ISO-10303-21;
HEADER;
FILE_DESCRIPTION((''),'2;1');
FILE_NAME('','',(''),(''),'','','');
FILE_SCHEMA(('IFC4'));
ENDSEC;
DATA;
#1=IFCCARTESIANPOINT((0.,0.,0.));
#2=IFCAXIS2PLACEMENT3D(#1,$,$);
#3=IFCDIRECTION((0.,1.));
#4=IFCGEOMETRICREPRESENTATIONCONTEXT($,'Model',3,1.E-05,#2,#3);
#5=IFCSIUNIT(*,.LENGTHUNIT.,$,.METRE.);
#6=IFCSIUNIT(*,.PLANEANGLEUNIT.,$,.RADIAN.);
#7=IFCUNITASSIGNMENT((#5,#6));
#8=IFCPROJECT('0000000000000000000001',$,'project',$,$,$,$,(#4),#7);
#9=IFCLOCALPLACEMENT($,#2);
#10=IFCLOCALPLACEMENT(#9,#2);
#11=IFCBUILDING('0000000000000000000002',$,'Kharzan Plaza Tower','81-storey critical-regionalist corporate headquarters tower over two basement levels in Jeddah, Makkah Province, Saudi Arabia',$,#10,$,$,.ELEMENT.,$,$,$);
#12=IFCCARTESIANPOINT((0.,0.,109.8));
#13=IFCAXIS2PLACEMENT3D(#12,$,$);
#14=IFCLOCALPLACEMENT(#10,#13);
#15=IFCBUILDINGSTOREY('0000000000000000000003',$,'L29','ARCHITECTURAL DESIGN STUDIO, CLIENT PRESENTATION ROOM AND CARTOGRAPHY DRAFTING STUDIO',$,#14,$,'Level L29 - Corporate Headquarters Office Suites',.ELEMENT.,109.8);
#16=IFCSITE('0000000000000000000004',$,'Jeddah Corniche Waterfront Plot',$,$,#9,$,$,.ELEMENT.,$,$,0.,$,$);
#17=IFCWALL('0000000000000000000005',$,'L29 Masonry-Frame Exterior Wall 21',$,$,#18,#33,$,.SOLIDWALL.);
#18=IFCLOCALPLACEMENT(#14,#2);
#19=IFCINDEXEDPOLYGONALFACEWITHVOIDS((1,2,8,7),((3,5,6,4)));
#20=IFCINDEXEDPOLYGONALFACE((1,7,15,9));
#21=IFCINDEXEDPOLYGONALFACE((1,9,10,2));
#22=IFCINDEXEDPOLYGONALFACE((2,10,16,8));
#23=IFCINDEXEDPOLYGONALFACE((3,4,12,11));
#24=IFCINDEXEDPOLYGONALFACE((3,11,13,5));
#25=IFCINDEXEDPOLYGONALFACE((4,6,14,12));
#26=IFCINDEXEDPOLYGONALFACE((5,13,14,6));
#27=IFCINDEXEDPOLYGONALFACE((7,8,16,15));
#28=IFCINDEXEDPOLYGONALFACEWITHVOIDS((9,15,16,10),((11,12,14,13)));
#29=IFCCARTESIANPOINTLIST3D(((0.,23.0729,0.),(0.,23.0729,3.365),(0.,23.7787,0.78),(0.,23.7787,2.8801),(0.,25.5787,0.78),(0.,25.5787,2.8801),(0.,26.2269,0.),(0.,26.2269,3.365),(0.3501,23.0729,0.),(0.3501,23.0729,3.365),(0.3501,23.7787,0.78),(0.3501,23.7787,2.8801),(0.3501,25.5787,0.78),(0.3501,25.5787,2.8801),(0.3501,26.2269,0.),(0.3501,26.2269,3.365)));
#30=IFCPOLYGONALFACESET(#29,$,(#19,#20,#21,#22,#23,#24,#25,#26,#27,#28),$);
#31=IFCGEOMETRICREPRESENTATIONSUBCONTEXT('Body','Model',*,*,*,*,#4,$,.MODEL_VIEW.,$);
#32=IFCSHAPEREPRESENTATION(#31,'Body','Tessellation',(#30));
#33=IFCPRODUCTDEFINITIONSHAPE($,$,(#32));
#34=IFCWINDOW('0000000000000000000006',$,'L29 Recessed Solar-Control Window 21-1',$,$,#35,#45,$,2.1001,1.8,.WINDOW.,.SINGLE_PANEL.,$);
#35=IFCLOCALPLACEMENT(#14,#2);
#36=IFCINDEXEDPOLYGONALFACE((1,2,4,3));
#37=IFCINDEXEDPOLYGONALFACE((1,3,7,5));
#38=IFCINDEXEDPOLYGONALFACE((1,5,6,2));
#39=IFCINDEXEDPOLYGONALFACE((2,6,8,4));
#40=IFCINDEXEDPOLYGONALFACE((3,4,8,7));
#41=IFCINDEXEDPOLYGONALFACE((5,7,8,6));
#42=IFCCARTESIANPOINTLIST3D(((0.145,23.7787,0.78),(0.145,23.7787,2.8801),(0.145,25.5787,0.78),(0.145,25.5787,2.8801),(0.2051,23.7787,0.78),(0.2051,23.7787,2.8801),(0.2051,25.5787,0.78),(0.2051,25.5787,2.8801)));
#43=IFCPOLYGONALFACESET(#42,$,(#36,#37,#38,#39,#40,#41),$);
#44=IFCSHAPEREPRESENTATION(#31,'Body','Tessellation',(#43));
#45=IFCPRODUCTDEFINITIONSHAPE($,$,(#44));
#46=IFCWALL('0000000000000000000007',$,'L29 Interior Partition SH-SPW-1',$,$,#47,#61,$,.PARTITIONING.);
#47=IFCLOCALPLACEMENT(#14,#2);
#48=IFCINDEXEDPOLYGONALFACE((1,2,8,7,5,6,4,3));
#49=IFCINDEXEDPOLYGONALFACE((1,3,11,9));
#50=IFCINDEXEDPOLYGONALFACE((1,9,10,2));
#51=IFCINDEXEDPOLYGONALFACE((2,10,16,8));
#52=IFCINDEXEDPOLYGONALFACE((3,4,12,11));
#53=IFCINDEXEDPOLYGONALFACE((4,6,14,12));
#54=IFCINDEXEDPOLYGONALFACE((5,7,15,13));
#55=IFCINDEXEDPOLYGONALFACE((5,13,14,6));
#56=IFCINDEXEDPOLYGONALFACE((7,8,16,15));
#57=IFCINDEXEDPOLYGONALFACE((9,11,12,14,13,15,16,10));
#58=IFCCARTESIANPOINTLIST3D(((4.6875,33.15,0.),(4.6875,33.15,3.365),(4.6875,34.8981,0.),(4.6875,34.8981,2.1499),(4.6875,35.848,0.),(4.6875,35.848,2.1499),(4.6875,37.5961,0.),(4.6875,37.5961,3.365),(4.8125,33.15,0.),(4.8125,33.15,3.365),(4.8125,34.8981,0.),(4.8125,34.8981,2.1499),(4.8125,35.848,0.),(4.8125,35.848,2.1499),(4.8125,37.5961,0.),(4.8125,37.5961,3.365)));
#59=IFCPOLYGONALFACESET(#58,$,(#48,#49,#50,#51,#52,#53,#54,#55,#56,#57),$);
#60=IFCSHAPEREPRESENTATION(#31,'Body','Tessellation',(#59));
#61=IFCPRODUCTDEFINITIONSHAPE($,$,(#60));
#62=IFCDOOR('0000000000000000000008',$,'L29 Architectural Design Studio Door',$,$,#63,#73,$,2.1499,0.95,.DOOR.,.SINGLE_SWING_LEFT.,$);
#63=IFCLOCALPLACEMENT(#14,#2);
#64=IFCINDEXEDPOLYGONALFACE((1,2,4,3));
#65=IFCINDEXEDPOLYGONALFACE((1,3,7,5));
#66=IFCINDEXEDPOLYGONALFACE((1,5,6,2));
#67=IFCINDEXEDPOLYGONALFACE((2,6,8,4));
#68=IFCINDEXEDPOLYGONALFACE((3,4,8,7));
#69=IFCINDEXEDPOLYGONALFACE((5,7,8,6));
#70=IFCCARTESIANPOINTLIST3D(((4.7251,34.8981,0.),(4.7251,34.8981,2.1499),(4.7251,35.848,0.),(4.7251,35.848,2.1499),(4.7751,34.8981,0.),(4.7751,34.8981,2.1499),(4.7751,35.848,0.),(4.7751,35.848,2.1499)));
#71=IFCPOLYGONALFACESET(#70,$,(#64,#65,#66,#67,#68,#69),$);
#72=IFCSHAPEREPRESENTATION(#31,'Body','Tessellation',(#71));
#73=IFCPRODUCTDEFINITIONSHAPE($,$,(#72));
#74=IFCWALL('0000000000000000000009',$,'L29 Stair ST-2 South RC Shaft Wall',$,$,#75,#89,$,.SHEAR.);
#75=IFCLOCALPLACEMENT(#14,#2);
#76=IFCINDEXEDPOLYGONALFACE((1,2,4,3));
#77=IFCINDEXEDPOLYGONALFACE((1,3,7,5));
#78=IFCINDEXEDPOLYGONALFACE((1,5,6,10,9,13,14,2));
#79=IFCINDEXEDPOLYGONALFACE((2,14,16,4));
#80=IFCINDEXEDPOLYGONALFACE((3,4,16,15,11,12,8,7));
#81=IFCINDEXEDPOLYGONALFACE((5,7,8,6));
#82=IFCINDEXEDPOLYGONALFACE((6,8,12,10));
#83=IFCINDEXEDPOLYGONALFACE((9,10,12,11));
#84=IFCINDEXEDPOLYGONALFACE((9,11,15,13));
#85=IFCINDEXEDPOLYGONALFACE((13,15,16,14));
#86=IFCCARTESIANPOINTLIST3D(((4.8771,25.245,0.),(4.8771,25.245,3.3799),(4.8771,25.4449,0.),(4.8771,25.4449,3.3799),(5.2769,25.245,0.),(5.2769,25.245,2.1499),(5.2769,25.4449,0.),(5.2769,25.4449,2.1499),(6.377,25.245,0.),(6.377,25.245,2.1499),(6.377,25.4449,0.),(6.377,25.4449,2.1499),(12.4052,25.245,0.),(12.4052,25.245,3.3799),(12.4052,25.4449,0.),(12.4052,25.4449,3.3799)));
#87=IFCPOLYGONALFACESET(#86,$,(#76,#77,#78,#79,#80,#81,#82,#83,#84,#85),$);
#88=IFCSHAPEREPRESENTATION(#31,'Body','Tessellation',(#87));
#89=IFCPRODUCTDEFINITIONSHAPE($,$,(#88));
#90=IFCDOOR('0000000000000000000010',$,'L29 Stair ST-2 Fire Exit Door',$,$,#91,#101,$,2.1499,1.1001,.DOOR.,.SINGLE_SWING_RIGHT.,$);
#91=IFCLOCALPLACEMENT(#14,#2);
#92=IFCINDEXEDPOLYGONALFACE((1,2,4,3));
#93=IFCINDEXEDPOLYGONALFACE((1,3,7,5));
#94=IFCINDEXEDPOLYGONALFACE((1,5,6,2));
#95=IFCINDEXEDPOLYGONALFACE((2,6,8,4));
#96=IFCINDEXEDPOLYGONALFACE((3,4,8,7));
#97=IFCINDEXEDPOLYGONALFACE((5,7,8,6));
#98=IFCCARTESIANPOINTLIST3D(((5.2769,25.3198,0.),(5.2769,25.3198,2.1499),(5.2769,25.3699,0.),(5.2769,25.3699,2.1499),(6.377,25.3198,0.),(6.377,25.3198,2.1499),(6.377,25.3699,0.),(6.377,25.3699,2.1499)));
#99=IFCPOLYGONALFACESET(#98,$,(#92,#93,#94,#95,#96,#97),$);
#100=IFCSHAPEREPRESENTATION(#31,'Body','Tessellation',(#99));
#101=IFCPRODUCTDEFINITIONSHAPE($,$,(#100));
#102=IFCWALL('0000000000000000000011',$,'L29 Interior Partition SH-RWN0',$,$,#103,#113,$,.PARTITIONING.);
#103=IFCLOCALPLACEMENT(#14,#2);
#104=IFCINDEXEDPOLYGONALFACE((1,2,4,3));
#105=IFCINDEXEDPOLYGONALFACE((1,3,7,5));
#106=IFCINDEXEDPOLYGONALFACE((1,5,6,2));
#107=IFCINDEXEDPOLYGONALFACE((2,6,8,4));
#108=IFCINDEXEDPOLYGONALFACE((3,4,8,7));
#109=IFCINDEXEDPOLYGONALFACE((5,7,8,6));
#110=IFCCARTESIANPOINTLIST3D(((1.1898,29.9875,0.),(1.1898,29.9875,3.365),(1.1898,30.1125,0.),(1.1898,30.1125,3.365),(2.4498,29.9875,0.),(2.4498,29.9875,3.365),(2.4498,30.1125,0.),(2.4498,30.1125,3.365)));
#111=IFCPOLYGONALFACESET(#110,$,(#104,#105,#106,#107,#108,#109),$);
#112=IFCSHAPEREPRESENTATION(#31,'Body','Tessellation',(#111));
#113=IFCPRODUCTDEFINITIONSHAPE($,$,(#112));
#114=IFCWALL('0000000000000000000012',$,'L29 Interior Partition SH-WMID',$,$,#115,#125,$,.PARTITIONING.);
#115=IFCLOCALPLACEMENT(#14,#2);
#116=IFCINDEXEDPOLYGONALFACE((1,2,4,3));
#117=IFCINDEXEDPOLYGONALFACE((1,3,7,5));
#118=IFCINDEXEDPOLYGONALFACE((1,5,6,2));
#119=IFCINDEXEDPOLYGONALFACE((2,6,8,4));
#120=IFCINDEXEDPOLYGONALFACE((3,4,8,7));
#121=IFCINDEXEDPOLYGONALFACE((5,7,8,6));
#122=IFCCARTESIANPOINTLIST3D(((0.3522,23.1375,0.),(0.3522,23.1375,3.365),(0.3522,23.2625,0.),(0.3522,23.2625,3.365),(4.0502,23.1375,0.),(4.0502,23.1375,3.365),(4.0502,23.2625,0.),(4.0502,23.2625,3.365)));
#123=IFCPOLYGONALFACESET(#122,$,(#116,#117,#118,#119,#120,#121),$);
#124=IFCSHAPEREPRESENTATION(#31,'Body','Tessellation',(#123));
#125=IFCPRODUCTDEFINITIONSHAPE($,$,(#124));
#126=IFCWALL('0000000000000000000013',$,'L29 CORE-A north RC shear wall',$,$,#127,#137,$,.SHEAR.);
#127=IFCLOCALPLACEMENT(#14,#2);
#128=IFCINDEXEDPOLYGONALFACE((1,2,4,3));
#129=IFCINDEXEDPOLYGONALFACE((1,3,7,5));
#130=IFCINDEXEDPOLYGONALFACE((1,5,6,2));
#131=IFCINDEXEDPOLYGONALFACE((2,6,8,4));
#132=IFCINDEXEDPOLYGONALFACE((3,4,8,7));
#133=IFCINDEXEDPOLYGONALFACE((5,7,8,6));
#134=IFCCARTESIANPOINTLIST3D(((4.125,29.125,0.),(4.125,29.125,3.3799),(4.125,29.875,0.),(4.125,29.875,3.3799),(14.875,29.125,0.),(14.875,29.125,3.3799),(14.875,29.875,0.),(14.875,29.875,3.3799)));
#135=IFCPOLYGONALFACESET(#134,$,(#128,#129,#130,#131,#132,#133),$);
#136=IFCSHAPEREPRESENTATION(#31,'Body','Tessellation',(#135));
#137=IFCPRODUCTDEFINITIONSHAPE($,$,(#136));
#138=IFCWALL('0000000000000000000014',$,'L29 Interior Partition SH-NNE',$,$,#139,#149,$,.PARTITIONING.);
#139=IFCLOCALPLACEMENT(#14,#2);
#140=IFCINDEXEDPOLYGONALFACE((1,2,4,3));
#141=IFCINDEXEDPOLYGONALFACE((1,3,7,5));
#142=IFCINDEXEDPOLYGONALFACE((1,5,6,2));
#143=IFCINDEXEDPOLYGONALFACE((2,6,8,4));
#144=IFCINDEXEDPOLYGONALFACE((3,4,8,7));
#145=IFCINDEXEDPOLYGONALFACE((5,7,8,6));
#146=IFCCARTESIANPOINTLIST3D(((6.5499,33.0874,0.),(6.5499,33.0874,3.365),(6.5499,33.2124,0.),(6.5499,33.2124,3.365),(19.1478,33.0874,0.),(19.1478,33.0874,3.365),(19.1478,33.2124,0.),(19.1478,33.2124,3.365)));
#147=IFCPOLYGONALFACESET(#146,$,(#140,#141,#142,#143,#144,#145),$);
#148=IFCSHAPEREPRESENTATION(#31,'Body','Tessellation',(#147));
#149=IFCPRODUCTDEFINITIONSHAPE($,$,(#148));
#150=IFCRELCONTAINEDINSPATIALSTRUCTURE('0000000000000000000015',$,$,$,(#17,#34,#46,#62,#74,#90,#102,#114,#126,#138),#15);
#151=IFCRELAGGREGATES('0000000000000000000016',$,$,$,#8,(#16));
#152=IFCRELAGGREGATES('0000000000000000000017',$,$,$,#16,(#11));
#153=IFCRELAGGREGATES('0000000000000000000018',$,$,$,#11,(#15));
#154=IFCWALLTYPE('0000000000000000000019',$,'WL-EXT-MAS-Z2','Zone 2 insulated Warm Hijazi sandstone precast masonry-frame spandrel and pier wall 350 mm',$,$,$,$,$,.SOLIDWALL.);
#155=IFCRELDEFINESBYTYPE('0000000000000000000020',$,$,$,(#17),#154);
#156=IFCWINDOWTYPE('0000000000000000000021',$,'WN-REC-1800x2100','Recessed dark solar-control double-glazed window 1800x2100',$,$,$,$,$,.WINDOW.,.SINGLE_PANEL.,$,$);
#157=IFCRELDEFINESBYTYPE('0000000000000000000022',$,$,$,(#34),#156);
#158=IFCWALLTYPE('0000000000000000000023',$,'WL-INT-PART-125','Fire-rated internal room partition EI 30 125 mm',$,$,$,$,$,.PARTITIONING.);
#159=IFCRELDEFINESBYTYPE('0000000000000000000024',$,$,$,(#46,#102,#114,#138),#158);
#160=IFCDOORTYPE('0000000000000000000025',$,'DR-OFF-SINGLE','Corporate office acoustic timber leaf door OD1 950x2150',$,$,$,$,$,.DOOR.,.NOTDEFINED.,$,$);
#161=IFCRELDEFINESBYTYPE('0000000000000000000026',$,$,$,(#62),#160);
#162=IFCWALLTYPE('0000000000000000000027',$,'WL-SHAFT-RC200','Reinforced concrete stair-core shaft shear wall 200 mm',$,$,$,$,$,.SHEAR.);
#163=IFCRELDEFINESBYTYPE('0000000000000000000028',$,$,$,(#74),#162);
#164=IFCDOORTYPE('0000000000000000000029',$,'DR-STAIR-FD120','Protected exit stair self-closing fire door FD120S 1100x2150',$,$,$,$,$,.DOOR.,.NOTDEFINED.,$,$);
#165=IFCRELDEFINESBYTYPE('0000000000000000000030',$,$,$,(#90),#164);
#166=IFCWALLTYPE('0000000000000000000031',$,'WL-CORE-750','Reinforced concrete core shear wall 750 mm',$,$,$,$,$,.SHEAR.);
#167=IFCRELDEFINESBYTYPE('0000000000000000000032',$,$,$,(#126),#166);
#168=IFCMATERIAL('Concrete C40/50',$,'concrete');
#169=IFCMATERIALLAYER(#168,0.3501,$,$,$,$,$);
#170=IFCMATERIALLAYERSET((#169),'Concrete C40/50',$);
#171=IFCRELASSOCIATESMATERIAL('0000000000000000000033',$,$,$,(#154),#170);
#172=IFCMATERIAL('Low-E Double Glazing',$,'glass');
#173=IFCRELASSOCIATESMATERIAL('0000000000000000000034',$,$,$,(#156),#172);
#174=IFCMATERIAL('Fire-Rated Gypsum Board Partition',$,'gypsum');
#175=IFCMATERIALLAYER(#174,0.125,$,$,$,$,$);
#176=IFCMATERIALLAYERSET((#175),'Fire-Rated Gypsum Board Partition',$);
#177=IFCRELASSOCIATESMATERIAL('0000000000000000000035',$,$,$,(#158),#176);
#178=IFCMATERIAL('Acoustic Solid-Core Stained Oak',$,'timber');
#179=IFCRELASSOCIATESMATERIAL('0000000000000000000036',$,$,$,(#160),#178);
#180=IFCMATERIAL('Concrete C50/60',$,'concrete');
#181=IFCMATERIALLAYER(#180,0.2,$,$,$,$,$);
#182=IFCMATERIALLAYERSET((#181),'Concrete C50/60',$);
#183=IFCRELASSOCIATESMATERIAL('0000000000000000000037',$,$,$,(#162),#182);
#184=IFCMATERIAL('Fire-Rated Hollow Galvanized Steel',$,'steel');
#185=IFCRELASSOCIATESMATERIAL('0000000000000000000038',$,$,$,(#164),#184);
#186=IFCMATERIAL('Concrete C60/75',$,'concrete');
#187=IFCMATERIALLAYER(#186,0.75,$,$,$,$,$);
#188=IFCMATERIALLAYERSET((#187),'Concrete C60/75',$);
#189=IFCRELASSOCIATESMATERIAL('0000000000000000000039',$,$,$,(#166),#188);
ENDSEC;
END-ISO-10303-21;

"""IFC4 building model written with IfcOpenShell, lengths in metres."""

from ifc_helpers import new_model, si_unit, direction, frame, frame_2d, origin, place, context, subcontext, project, spatial, rectangle, extrude, source, transform, mapped, material, layer, layer_set, type_object, element, fill, save


model = new_model("IFC4")

# Units and contexts
model_context = context("Model", 3, precision=1e-05, world=origin(), true_north=direction((0.0, 1.0)))
body_context = subcontext(model_context, "Body", "Model", "MODEL_VIEW")
ifc_project = project(units=[si_unit("LENGTHUNIT", "METRE"), si_unit("PLANEANGLEUNIT", "RADIAN")], contexts=[model_context])

# Site, building, storey
site_placement = place(None, origin())
site = spatial("IfcSite", under=ifc_project, at=site_placement, Name="Jeddah Corniche Waterfront Plot", CompositionType="ELEMENT", RefElevation=0.0)
building_placement = place(site_placement, origin())
building = spatial("IfcBuilding", under=site, at=building_placement, Name="Kharzan Plaza Tower", Description="81-storey critical-regionalist corporate headquarters tower over two basement levels in Jeddah, Makkah Province, Saudi Arabia", CompositionType="ELEMENT")
storey_placement = place(building_placement, frame((0.0, 0.0, 109.8)))
storey = spatial("IfcBuildingStorey", under=building, at=storey_placement, Name="L29", Description="ARCHITECTURAL DESIGN STUDIO, CLIENT PRESENTATION ROOM AND CARTOGRAPHY DRAFTING STUDIO", LongName="Level L29 - Corporate Headquarters Office Suites", CompositionType="ELEMENT", Elevation=109.8)

# Shared definitions
ifc_material_1 = material(Name="Concrete C60/75", Category="concrete")

# Wall, opening, window
ifc_material_2 = material(Name="Concrete C40/50", Category="concrete")
ifc_layer_1 = layer(ifc_material_2, 0.3501)
ifc_layer_set_1 = layer_set([ifc_layer_1], Name="Concrete C40/50")
wall_type_1 = type_object("IfcWallType", Name="WL-EXT-MAS-Z2", Description="Zone 2 insulated Warm Hijazi sandstone precast masonry-frame spandrel and pier wall 350 mm", PredefinedType="SOLIDWALL", material=ifc_layer_set_1)
ifc_material_3 = material(Name="Low-E Double Glazing", Category="glass")
wall_1_placement = place(storey_placement, frame((0.175, 26.2271, 0.0), z_axis=(0.0, 0.0, 1.0), x_axis=(0.0, -1.0, 0.0)))
wall_1 = element("IfcWall", 1, at=wall_1_placement, inside=storey, type_object=wall_type_1, Name="L29 Masonry-Frame Exterior Wall 21", PredefinedType="SOLIDWALL", context=body_context, shape_type="SweptSolid", body=[
    extrude(rectangle(XDim=3.1541, YDim=0.3501, at=frame_2d((1.5771, 0.0))), origin(), (0.0, 0.0, 1.0), 3.365),
])
opening_1_placement = place(wall_1_placement, frame((0.6484, 0.0, 0.78)))
opening_1 = element("IfcOpeningElement", 2, at=opening_1_placement, cuts=wall_1, PredefinedType="OPENING", context=body_context, shape_type="SweptSolid", body=[
    extrude(rectangle(XDim=1.8, YDim=2.1001, at=frame_2d((0.8999, 1.05))), frame((0.0, 0.1851, 0.0), z_axis=(0.0, -1.0, 0.0), x_axis=(1.0, 0.0, 0.0)), (0.0, 0.0, 1.0), 0.3701),
])
window_type_1 = type_object("IfcWindowType", Name="WN-REC-1800x2100", Description="Recessed dark solar-control double-glazed window 1800x2100", PartitioningType="SINGLE_PANEL", PredefinedType="WINDOW", material=ifc_material_3)
shared_shape_1 = source(origin(), body_context, "Body", "SweptSolid", [
    extrude(rectangle(XDim=1.8, YDim=2.1001, at=frame_2d((0.8999, 1.05))), frame((0.0, 0.03, 0.0), z_axis=(0.0, -1.0, 0.0), x_axis=(1.0, 0.0, 0.0)), (0.0, 0.0, 1.0), 0.0601),
])
window_1_placement = place(opening_1_placement, origin())
window_1 = element("IfcWindow", 3, at=window_1_placement, inside=storey, type_object=window_type_1, Name="L29 Recessed Solar-Control Window 21-1", OverallHeight=2.1001, OverallWidth=1.8, PartitioningType="SINGLE_PANEL", PredefinedType="WINDOW", context=body_context, shape_type="MappedRepresentation", body=[
    mapped(shared_shape_1, transform((0.0, 0.0, 0.0), x_axis=(1.0, 0.0, 0.0), y_axis=(0.0, 1.0, 0.0), z_axis=(0.0, 0.0, 1.0))),
])
fill(opening_1, window_1)

# Walls, openings, doors
ifc_material_4 = material(Name="Fire-Rated Gypsum Board Partition", Category="gypsum")
ifc_layer_2 = layer(ifc_material_4, 0.125)
ifc_layer_set_2 = layer_set([ifc_layer_2], Name="Fire-Rated Gypsum Board Partition")
wall_type_2 = type_object("IfcWallType", Name="WL-INT-PART-125", Description="Fire-rated internal room partition EI 30 125 mm", PredefinedType="PARTITIONING", material=ifc_layer_set_2)
ifc_material_5 = material(Name="Acoustic Solid-Core Stained Oak", Category="timber")
door_type_1 = type_object("IfcDoorType", Name="DR-OFF-SINGLE", Description="Corporate office acoustic timber leaf door OD1 950x2150", OperationType="NOTDEFINED", PredefinedType="DOOR", material=ifc_material_5)
shared_shape_2 = source(origin(), body_context, "Body", "SweptSolid", [
    extrude(rectangle(XDim=0.95, YDim=2.1499, at=frame_2d((0.4751, 1.075))), frame((0.0, 0.0249, 0.0), z_axis=(0.0, -1.0, 0.0), x_axis=(1.0, 0.0, 0.0)), (0.0, 0.0, 1.0), 0.05),
])
wall_2_placement = place(storey_placement, frame((4.75, 33.1499, 0.0), z_axis=(0.0, 0.0, 1.0), x_axis=(0.0, 1.0, 0.0)))
wall_2 = element("IfcWall", 4, at=wall_2_placement, inside=storey, type_object=wall_type_2, Name="L29 Interior Partition SH-SPW-1", PredefinedType="PARTITIONING", context=body_context, shape_type="SweptSolid", body=[
    extrude(rectangle(XDim=4.446, YDim=0.125, at=frame_2d((2.2231, 0.0))), origin(), (0.0, 0.0, 1.0), 3.365),
])
opening_2_placement = place(wall_2_placement, frame((1.748, 0.0, 0.0)))
opening_2 = element("IfcOpeningElement", 5, at=opening_2_placement, cuts=wall_2, PredefinedType="OPENING", context=body_context, shape_type="SweptSolid", body=[
    extrude(rectangle(XDim=0.95, YDim=2.1499, at=frame_2d((0.4751, 1.075))), frame((0.0, 0.0725, 0.0), z_axis=(0.0, -1.0, 0.0), x_axis=(1.0, 0.0, 0.0)), (0.0, 0.0, 1.0), 0.145),
])
door_1_placement = place(opening_2_placement, origin())
door_1 = element("IfcDoor", 6, at=door_1_placement, inside=storey, type_object=door_type_1, Name="L29 Architectural Design Studio Door", OperationType="SINGLE_SWING_LEFT", OverallHeight=2.1499, OverallWidth=0.95, PredefinedType="DOOR", context=body_context, shape_type="MappedRepresentation", body=[
    mapped(shared_shape_2, transform((0.0, 0.0, 0.0), x_axis=(1.0, 0.0, 0.0), y_axis=(0.0, 1.0, 0.0), z_axis=(0.0, 0.0, 1.0))),
])
fill(opening_2, door_1)
ifc_material_6 = material(Name="Concrete C50/60", Category="concrete")
ifc_layer_3 = layer(ifc_material_6, 0.2)
ifc_layer_set_3 = layer_set([ifc_layer_3], Name="Concrete C50/60")
wall_type_3 = type_object("IfcWallType", Name="WL-SHAFT-RC200", Description="Reinforced concrete stair-core shaft shear wall 200 mm", PredefinedType="SHEAR", material=ifc_layer_set_3)
wall_3_placement = place(storey_placement, frame((4.877, 25.345, 0.0), z_axis=(0.0, 0.0, 1.0), x_axis=(1.0, 0.0, 0.0)))
wall_3 = element("IfcWall", 7, at=wall_3_placement, inside=storey, type_object=wall_type_3, Name="L29 Stair ST-2 South RC Shaft Wall", PredefinedType="SHEAR", context=body_context, shape_type="SweptSolid", body=[
    extrude(rectangle(XDim=7.5281, YDim=0.2, at=frame_2d((3.7642, 0.0))), origin(), (0.0, 0.0, 1.0), 3.3799),
])
opening_3_placement = place(wall_3_placement, frame((0.3999, 0.0, 0.0)))
opening_3 = element("IfcOpeningElement", 8, at=opening_3_placement, cuts=wall_3, PredefinedType="OPENING", context=body_context, shape_type="SweptSolid", body=[
    extrude(rectangle(XDim=1.1001, YDim=2.1499, at=frame_2d((0.55, 1.075))), frame((0.0, 0.1099, 0.0), z_axis=(0.0, -1.0, 0.0), x_axis=(1.0, 0.0, 0.0)), (0.0, 0.0, 1.0), 0.22),
])
ifc_material_7 = material(Name="Fire-Rated Hollow Galvanized Steel", Category="steel")
door_type_2 = type_object("IfcDoorType", Name="DR-STAIR-FD120", Description="Protected exit stair self-closing fire door FD120S 1100x2150", OperationType="NOTDEFINED", PredefinedType="DOOR", material=ifc_material_7)
shared_shape_3 = source(origin(), body_context, "Body", "SweptSolid", [
    extrude(rectangle(XDim=1.1001, YDim=2.1499, at=frame_2d((0.55, 1.075))), frame((0.0, 0.0249, 0.0), z_axis=(0.0, -1.0, 0.0), x_axis=(1.0, 0.0, 0.0)), (0.0, 0.0, 1.0), 0.05),
])
door_2_placement = place(opening_3_placement, origin())
door_2 = element("IfcDoor", 9, at=door_2_placement, inside=storey, type_object=door_type_2, Name="L29 Stair ST-2 Fire Exit Door", OperationType="SINGLE_SWING_RIGHT", OverallHeight=2.1499, OverallWidth=1.1001, PredefinedType="DOOR", context=body_context, shape_type="MappedRepresentation", body=[
    mapped(shared_shape_3, transform((0.0, 0.0, 0.0), x_axis=(1.0, 0.0, 0.0), y_axis=(0.0, 1.0, 0.0), z_axis=(0.0, 0.0, 1.0))),
])
fill(opening_3, door_2)

# Walls
shared_shape_4 = source(origin(), body_context, "Body", "SweptSolid", [
    extrude(rectangle(XDim=1.26, YDim=0.125, at=frame_2d((0.6299, 0.0))), origin(), (0.0, 0.0, 1.0), 3.365),
])
wall_4_placement = place(storey_placement, frame((1.1899, 30.05, 0.0), z_axis=(0.0, 0.0, 1.0), x_axis=(1.0, 0.0, 0.0)))
element("IfcWall", 10, at=wall_4_placement, inside=storey, type_object=wall_type_2, Name="L29 Interior Partition SH-RWN0", PredefinedType="PARTITIONING", context=body_context, shape_type="MappedRepresentation", body=[
    mapped(shared_shape_4, transform((0.0, 0.0, 0.0), x_axis=(1.0, 0.0, 0.0), y_axis=(0.0, 1.0, 0.0), z_axis=(0.0, 0.0, 1.0))),
])
shared_shape_5 = source(origin(), body_context, "Body", "SweptSolid", [
    extrude(rectangle(XDim=3.698, YDim=0.125, at=frame_2d((1.8491, 0.0))), origin(), (0.0, 0.0, 1.0), 3.365),
])
wall_5_placement = place(storey_placement, frame((0.3521, 23.2, 0.0), z_axis=(0.0, 0.0, 1.0), x_axis=(1.0, 0.0, 0.0)))
element("IfcWall", 11, at=wall_5_placement, inside=storey, type_object=wall_type_2, Name="L29 Interior Partition SH-WMID", PredefinedType="PARTITIONING", context=body_context, shape_type="MappedRepresentation", body=[
    mapped(shared_shape_5, transform((0.0, 0.0, 0.0), x_axis=(1.0, 0.0, 0.0), y_axis=(0.0, 1.0, 0.0), z_axis=(0.0, 0.0, 1.0))),
])
ifc_layer_4 = layer(ifc_material_1, 0.75)
ifc_layer_set_4 = layer_set([ifc_layer_4], Name="Concrete C60/75")
wall_type_4 = type_object("IfcWallType", Name="WL-CORE-750", Description="Reinforced concrete core shear wall 750 mm", PredefinedType="SHEAR", material=ifc_layer_set_4)
shared_shape_6 = source(origin(), body_context, "Body", "SweptSolid", [
    extrude(rectangle(XDim=10.75, YDim=0.75, at=frame_2d((5.375, 0.0))), origin(), (0.0, 0.0, 1.0), 3.3799),
])
wall_6_placement = place(storey_placement, frame((4.125, 29.5, 0.0), z_axis=(0.0, 0.0, 1.0), x_axis=(1.0, 0.0, 0.0)))
element("IfcWall", 12, at=wall_6_placement, inside=storey, type_object=wall_type_4, Name="L29 CORE-A north RC shear wall", PredefinedType="SHEAR", context=body_context, shape_type="MappedRepresentation", body=[
    mapped(shared_shape_6, transform((0.0, 0.0, 0.0), x_axis=(1.0, 0.0, 0.0), y_axis=(0.0, 1.0, 0.0), z_axis=(0.0, 0.0, 1.0))),
])
shared_shape_7 = source(origin(), body_context, "Body", "SweptSolid", [
    extrude(rectangle(XDim=12.5979, YDim=0.125, at=frame_2d((6.2988, 0.0))), origin(), (0.0, 0.0, 1.0), 3.365),
])
wall_7_placement = place(storey_placement, frame((6.55, 33.1499, 0.0), z_axis=(0.0, 0.0, 1.0), x_axis=(1.0, 0.0, 0.0)))
element("IfcWall", 13, at=wall_7_placement, inside=storey, type_object=wall_type_2, Name="L29 Interior Partition SH-NNE", PredefinedType="PARTITIONING", context=body_context, shape_type="MappedRepresentation", body=[
    mapped(shared_shape_7, transform((0.0, 0.0, 0.0), x_axis=(1.0, 0.0, 0.0), y_axis=(0.0, 1.0, 0.0), z_axis=(0.0, 0.0, 1.0))),
])

save(model, "model.ifc")
